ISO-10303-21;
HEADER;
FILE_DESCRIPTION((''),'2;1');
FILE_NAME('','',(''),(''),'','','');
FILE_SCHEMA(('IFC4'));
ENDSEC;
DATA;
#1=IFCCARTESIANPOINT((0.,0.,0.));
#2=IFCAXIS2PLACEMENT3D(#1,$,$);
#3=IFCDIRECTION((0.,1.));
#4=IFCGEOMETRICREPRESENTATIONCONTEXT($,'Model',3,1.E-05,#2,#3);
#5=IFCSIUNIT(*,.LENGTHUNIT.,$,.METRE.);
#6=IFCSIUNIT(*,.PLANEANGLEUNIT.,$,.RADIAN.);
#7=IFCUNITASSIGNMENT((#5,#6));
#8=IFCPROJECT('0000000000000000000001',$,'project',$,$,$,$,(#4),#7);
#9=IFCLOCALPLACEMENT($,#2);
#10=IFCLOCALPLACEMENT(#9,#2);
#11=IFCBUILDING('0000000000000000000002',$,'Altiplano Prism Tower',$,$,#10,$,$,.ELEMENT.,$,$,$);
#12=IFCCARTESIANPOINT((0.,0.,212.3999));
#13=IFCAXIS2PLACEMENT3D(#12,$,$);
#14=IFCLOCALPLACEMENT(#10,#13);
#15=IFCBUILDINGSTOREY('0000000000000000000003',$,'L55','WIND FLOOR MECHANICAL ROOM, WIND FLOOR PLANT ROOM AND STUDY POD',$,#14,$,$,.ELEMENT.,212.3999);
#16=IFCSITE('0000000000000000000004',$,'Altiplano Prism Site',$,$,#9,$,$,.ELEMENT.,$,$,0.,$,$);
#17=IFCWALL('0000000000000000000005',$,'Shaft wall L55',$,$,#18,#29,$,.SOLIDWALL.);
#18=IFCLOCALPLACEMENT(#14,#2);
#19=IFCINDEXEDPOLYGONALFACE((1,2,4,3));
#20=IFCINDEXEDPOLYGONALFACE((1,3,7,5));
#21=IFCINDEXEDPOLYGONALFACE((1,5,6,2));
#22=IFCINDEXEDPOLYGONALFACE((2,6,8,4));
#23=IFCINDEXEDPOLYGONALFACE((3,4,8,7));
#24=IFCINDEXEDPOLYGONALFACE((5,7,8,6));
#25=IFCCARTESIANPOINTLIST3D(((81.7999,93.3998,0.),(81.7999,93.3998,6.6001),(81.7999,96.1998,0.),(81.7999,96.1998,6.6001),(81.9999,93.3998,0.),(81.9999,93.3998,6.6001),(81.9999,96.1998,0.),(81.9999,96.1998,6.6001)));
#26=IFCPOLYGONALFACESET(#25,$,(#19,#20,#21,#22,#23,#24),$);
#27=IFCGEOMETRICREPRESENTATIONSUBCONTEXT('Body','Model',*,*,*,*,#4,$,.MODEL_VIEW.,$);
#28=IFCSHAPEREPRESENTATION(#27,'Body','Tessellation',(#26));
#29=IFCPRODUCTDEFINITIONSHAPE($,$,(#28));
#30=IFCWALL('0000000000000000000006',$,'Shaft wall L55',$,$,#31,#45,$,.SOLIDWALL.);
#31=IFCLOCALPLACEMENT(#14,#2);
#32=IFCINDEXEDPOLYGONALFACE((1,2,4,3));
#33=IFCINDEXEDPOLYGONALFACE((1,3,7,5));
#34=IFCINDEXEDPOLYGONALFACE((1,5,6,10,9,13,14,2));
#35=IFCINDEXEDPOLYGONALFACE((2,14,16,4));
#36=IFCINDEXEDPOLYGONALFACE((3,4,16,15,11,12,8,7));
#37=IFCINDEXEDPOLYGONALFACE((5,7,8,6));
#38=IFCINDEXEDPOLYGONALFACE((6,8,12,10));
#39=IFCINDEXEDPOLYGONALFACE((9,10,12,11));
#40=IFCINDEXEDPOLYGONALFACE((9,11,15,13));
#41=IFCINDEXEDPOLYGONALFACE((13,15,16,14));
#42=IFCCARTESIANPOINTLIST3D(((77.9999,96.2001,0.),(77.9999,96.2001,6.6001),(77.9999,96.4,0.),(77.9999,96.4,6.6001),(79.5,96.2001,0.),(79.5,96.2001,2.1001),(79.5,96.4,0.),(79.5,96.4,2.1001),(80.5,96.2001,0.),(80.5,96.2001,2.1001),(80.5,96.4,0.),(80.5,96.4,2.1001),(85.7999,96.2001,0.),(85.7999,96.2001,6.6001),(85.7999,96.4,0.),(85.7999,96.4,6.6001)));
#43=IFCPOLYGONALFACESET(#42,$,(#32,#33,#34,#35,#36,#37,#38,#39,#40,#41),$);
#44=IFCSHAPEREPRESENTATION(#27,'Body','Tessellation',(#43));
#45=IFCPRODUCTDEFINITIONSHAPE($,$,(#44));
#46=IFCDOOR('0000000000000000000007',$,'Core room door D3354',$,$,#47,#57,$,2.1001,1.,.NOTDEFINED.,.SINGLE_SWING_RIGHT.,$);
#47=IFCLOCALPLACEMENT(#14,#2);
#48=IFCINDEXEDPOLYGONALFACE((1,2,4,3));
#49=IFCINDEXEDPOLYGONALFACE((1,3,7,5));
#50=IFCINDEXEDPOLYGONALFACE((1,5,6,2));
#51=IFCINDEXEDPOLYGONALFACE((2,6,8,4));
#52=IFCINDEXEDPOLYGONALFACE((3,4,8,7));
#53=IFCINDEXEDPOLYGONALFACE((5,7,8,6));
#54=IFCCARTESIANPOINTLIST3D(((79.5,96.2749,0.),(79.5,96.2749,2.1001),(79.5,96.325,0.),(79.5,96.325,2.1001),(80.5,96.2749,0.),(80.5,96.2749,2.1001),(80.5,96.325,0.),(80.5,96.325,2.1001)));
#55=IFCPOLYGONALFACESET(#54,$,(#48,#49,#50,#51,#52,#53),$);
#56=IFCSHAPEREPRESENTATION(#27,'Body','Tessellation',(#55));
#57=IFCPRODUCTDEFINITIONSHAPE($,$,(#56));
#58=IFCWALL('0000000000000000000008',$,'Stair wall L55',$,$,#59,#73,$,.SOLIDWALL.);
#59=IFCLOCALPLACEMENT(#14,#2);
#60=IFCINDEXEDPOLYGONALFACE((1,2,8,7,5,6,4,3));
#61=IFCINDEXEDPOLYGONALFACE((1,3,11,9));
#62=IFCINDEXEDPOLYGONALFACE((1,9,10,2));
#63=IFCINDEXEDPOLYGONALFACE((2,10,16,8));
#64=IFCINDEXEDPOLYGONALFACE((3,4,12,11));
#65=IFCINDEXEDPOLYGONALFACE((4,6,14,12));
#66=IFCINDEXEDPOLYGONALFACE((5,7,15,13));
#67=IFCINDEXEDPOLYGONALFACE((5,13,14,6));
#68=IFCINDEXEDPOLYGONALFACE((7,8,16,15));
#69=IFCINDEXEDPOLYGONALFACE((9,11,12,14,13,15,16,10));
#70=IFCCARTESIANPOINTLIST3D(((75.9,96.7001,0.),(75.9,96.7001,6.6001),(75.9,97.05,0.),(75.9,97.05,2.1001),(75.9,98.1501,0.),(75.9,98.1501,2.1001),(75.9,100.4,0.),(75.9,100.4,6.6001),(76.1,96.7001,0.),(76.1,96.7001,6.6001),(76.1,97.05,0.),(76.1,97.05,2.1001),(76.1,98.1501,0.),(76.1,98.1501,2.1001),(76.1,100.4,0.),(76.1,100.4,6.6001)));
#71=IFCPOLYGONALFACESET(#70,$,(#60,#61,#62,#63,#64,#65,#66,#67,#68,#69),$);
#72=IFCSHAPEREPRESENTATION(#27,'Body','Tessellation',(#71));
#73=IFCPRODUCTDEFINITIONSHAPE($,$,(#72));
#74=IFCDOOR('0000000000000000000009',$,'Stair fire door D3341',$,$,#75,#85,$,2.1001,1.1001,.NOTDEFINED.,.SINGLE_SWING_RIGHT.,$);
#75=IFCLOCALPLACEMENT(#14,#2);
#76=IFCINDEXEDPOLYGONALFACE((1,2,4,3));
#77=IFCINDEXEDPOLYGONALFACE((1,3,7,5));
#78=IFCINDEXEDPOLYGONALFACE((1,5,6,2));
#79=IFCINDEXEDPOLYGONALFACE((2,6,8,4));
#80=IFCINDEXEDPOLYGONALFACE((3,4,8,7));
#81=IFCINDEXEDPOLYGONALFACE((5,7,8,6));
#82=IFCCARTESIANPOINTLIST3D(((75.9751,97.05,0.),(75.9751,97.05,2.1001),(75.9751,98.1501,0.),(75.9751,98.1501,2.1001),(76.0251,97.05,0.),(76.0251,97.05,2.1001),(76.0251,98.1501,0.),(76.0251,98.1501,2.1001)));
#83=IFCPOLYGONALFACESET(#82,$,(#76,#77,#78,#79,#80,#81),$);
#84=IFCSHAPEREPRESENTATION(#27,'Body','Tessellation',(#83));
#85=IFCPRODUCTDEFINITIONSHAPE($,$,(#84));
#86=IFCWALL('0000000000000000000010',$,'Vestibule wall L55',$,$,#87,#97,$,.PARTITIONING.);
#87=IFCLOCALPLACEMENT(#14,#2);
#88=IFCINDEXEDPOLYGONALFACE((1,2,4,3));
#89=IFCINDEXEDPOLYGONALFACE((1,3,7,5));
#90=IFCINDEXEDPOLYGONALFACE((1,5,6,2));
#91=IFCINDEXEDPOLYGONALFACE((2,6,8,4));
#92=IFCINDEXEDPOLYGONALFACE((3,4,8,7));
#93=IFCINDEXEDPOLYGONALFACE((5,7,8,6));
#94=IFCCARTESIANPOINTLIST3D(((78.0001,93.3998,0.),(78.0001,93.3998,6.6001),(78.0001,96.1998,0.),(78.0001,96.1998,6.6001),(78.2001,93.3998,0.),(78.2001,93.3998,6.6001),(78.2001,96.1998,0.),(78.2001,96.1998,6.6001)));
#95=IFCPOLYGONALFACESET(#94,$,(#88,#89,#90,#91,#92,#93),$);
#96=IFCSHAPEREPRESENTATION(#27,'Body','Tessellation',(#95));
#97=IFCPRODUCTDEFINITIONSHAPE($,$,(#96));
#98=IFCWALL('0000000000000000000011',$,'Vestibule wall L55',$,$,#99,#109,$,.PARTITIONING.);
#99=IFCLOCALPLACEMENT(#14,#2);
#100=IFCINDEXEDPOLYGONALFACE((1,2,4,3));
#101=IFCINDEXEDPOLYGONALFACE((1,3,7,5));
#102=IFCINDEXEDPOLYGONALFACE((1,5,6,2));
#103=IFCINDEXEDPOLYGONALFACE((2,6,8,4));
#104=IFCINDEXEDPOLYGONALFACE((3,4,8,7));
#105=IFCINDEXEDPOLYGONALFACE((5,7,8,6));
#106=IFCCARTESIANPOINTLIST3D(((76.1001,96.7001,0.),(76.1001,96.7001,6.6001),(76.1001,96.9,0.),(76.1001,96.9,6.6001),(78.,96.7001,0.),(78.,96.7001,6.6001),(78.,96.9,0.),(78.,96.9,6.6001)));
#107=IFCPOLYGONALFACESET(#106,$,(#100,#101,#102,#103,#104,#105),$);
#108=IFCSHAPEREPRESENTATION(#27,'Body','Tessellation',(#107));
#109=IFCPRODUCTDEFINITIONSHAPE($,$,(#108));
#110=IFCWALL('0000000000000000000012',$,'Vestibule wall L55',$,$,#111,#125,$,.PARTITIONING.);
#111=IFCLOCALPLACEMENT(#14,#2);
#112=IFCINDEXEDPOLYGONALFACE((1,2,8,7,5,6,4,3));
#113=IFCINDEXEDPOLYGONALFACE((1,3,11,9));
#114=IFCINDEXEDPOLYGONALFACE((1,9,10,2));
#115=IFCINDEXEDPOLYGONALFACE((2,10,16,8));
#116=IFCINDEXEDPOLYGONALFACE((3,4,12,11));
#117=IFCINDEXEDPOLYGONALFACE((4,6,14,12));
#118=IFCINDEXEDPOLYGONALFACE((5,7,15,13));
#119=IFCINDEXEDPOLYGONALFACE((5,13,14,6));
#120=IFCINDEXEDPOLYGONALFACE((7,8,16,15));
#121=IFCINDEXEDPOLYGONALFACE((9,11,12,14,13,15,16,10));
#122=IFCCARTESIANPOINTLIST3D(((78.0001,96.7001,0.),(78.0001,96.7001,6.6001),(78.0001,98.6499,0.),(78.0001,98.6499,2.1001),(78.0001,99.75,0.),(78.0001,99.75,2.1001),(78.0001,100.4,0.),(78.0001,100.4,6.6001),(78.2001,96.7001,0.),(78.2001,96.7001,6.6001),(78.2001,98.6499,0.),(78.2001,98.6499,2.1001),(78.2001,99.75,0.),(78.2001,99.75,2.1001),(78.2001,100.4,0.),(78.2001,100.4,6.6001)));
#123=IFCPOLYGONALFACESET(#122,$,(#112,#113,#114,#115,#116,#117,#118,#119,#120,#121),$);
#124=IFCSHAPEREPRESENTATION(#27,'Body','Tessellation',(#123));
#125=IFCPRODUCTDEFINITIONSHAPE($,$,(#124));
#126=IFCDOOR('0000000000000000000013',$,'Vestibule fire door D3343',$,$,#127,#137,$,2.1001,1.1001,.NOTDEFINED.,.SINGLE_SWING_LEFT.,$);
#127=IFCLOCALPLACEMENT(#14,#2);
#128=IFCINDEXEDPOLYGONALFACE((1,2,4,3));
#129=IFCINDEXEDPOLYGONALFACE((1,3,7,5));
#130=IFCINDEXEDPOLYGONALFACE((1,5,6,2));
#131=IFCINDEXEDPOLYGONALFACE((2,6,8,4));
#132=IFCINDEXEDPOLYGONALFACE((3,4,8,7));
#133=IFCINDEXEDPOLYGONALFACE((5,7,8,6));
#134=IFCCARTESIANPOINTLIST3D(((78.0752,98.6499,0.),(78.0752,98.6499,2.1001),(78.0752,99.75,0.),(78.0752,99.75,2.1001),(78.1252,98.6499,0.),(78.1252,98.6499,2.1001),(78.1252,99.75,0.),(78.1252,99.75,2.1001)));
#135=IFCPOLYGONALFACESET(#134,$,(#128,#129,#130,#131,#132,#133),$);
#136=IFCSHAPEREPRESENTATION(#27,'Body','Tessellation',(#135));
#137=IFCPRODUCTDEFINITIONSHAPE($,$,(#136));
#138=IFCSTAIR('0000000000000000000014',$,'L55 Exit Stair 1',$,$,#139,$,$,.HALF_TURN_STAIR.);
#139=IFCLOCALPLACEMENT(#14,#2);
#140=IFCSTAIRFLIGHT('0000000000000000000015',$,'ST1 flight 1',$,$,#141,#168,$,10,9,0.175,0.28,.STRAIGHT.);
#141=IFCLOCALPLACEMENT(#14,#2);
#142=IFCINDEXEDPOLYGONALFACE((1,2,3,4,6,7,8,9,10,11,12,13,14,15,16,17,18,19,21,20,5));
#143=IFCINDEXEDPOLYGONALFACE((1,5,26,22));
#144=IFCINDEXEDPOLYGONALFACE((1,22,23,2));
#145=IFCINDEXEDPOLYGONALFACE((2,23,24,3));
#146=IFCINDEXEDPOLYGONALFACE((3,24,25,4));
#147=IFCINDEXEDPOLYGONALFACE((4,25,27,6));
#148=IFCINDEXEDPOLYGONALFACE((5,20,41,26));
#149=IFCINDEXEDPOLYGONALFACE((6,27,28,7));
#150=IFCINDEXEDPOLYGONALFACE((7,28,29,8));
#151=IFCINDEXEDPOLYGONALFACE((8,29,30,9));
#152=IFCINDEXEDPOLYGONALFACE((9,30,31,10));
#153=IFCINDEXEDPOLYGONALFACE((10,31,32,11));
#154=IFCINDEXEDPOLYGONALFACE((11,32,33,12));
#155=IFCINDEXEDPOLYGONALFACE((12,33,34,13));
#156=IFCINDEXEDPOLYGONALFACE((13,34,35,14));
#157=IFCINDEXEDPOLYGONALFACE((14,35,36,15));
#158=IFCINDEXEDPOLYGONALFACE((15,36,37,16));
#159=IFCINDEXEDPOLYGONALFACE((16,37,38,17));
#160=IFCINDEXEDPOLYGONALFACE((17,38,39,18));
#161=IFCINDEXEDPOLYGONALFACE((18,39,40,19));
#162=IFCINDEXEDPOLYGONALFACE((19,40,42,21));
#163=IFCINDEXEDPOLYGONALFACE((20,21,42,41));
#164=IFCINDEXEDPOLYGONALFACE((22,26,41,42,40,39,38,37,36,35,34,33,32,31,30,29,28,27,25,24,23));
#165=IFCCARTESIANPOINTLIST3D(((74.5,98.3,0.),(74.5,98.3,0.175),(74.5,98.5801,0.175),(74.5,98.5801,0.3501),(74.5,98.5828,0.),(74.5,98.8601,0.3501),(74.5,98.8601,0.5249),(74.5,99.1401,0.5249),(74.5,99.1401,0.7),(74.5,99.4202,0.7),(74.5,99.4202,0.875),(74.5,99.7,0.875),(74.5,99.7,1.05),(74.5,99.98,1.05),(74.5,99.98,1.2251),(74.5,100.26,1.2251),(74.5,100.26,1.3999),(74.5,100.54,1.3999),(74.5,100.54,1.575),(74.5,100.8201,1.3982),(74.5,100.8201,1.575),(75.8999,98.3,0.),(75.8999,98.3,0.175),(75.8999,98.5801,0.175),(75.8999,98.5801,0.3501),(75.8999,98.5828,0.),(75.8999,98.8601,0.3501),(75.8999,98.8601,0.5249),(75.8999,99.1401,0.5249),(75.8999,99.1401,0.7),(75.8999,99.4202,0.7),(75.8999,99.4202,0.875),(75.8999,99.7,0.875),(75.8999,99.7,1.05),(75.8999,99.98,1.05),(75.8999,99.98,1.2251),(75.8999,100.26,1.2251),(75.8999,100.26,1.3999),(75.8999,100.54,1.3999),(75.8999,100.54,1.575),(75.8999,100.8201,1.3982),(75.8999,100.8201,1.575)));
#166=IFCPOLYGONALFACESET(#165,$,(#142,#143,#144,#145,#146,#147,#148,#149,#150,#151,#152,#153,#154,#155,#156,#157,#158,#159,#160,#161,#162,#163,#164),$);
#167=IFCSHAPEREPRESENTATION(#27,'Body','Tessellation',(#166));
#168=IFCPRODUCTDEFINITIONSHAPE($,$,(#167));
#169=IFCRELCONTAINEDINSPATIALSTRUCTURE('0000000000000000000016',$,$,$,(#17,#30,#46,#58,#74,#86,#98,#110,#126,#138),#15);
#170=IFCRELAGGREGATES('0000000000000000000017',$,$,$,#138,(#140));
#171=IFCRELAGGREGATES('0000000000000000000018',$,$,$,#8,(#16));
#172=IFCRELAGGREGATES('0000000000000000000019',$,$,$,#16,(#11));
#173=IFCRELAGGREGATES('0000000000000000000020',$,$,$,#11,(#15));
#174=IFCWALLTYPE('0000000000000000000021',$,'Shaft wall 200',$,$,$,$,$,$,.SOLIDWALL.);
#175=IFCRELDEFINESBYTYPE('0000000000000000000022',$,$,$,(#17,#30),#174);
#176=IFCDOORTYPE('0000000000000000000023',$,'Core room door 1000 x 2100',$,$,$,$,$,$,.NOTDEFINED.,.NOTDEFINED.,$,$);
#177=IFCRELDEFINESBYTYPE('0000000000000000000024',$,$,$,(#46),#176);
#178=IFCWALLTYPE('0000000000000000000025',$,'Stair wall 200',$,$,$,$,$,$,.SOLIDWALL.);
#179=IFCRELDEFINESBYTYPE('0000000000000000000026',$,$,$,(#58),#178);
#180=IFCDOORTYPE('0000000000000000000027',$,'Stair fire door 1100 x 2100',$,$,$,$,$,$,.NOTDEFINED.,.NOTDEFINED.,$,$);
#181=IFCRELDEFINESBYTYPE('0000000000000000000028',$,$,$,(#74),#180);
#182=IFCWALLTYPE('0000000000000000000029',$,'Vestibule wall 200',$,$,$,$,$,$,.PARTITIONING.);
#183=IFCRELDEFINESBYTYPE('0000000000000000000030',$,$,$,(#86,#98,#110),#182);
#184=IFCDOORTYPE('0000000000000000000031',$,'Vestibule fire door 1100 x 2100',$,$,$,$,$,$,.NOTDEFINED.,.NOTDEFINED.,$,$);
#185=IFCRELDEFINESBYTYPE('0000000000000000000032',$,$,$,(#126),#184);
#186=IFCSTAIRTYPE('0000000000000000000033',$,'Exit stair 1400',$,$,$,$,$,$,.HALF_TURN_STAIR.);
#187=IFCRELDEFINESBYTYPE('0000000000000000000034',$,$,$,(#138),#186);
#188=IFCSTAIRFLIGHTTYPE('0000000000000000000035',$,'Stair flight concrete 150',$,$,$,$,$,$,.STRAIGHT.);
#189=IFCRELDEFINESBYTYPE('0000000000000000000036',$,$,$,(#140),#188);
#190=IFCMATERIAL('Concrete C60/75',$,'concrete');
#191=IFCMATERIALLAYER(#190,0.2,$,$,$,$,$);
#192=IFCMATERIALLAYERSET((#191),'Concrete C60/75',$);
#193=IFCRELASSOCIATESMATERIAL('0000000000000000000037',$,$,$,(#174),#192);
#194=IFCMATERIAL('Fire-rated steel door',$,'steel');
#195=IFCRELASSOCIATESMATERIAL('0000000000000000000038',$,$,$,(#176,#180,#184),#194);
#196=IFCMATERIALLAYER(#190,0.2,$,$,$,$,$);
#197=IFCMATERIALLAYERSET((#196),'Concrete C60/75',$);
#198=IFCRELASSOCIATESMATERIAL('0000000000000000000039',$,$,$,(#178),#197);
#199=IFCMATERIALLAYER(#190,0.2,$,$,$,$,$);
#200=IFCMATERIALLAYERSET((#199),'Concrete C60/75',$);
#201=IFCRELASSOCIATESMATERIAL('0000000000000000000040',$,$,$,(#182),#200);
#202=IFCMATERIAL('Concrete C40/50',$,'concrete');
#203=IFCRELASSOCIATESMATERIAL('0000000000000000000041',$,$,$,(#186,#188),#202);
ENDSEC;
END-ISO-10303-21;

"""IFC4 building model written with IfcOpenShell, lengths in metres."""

from ifc_helpers import new_model, si_unit, direction, frame, frame_2d, origin, place, context, subcontext, project, spatial, polyline, rectangle, outline, extrude, material, layer, layer_set, type_object, element, fill, aggregate, save


model = new_model("IFC4")

# Units and contexts
model_context = context("Model", 3, precision=1e-05, world=origin(), true_north=direction((0.0, 1.0)))
body_context = subcontext(model_context, "Body", "Model", "MODEL_VIEW")
ifc_project = project(units=[si_unit("LENGTHUNIT", "METRE"), si_unit("PLANEANGLEUNIT", "RADIAN")], contexts=[model_context])

# Site, building, storey
site_placement = place(None, origin())
site = spatial("IfcSite", under=ifc_project, at=site_placement, Name="Altiplano Prism Site", CompositionType="ELEMENT", RefElevation=0.0)
building_placement = place(site_placement, origin())
building = spatial("IfcBuilding", under=site, at=building_placement, Name="Altiplano Prism Tower", CompositionType="ELEMENT")
storey_placement = place(building_placement, frame((0.0, 0.0, 212.3999)))
storey = spatial("IfcBuildingStorey", under=building, at=storey_placement, Name="L55", Description="WIND FLOOR MECHANICAL ROOM, WIND FLOOR PLANT ROOM AND STUDY POD", CompositionType="ELEMENT", Elevation=212.3999)

# Wall
ifc_material_1 = material(Name="Concrete C60/75", Category="concrete")
ifc_layer_1 = layer(ifc_material_1, 0.2)
ifc_layer_set_1 = layer_set([ifc_layer_1], Name="Concrete C60/75")
wall_type_1 = type_object("IfcWallType", Name="Shaft wall 200", PredefinedType="SOLIDWALL", material=ifc_layer_set_1)
wall_1_placement = place(storey_placement, frame((81.8999, 93.3999, 0.0), z_axis=(0.0, 0.0, 1.0), x_axis=(0.0, 1.0, 0.0)))
element("IfcWall", 1, at=wall_1_placement, inside=storey, type_object=wall_type_1, Name="Shaft wall L55", PredefinedType="SOLIDWALL", context=body_context, shape_type="SweptSolid", body=[
    extrude(rectangle(XDim=2.8, YDim=0.2, at=frame_2d((1.3999, 0.0))), origin(), (0.0, 0.0, 1.0), 6.6001),
])

# Walls, openings, doors
wall_2_placement = place(storey_placement, frame((78.0, 96.3, 0.0), z_axis=(0.0, 0.0, 1.0), x_axis=(1.0, 0.0, 0.0)))
wall_2 = element("IfcWall", 2, at=wall_2_placement, inside=storey, type_object=wall_type_1, Name="Shaft wall L55", PredefinedType="SOLIDWALL", context=body_context, shape_type="SweptSolid", body=[
    extrude(rectangle(XDim=7.8, YDim=0.2, at=frame_2d((3.8999, 0.0))), origin(), (0.0, 0.0, 1.0), 6.6001),
])
opening_1_placement = place(wall_2_placement, frame((1.5, 0.0, 0.0)))
opening_1 = element("IfcOpeningElement", 3, at=opening_1_placement, cuts=wall_2, PredefinedType="OPENING", context=body_context, shape_type="SweptSolid", body=[
    extrude(rectangle(XDim=1.0, YDim=2.1001, at=frame_2d((0.5, 1.05))), frame((0.0, 0.1104, 0.0), z_axis=(0.0, -1.0, 0.0), x_axis=(1.0, 0.0, 0.0)), (0.0, 0.0, 1.0), 0.2209),
])
ifc_material_2 = material(Name="Fire-rated steel door", Category="steel")
door_type_1 = type_object("IfcDoorType", Name="Core room door 1000 x 2100", OperationType="NOTDEFINED", PredefinedType="NOTDEFINED", material=ifc_material_2)
door_1_placement = place(opening_1_placement, origin())
door_1 = element("IfcDoor", 4, at=door_1_placement, inside=storey, type_object=door_type_1, Name="Core room door D3354", OperationType="SINGLE_SWING_RIGHT", OverallHeight=2.1001, OverallWidth=1.0, PredefinedType="NOTDEFINED", context=body_context, shape_type="SweptSolid", body=[
    extrude(rectangle(XDim=1.0, YDim=2.1001, at=frame_2d((0.5, 1.05))), frame((0.0, 0.0249, 0.0), z_axis=(0.0, -1.0, 0.0), x_axis=(1.0, 0.0, 0.0)), (0.0, 0.0, 1.0), 0.05),
])
fill(opening_1, door_1)
ifc_layer_2 = layer(ifc_material_1, 0.2)
ifc_layer_set_2 = layer_set([ifc_layer_2], Name="Concrete C60/75")
wall_type_2 = type_object("IfcWallType", Name="Stair wall 200", PredefinedType="SOLIDWALL", material=ifc_layer_set_2)
wall_3_placement = place(storey_placement, frame((76.0, 96.7, 0.0), z_axis=(0.0, 0.0, 1.0), x_axis=(0.0, 1.0, 0.0)))
wall_3 = element("IfcWall", 5, at=wall_3_placement, inside=storey, type_object=wall_type_2, Name="Stair wall L55", PredefinedType="SOLIDWALL", context=body_context, shape_type="SweptSolid", body=[
    extrude(rectangle(XDim=3.7, YDim=0.2, at=frame_2d((1.8501, 0.0))), origin(), (0.0, 0.0, 1.0), 6.6001),
])
opening_2_placement = place(wall_3_placement, frame((0.3501, 0.0, 0.0)))
opening_2 = element("IfcOpeningElement", 6, at=opening_2_placement, cuts=wall_3, PredefinedType="OPENING", context=body_context, shape_type="SweptSolid", body=[
    extrude(rectangle(XDim=1.1001, YDim=2.1001, at=frame_2d((0.55, 1.05))), frame((0.0, 0.1104, 0.0), z_axis=(0.0, -1.0, 0.0), x_axis=(1.0, 0.0, 0.0)), (0.0, 0.0, 1.0), 0.2209),
])
door_type_2 = type_object("IfcDoorType", Name="Stair fire door 1100 x 2100", OperationType="NOTDEFINED", PredefinedType="NOTDEFINED", material=ifc_material_2)
door_2_placement = place(opening_2_placement, origin())
door_2 = element("IfcDoor", 7, at=door_2_placement, inside=storey, type_object=door_type_2, Name="Stair fire door D3341", OperationType="SINGLE_SWING_RIGHT", OverallHeight=2.1001, OverallWidth=1.1001, PredefinedType="NOTDEFINED", context=body_context, shape_type="SweptSolid", body=[
    extrude(rectangle(XDim=1.1001, YDim=2.1001, at=frame_2d((0.55, 1.05))), frame((0.0, 0.0249, 0.0), z_axis=(0.0, -1.0, 0.0), x_axis=(1.0, 0.0, 0.0)), (0.0, 0.0, 1.0), 0.05),
])
fill(opening_2, door_2)

# Walls
ifc_layer_3 = layer(ifc_material_1, 0.2)
ifc_layer_set_3 = layer_set([ifc_layer_3], Name="Concrete C60/75")
wall_type_3 = type_object("IfcWallType", Name="Vestibule wall 200", PredefinedType="PARTITIONING", material=ifc_layer_set_3)
wall_4_placement = place(storey_placement, frame((78.1001, 93.3999, 0.0), z_axis=(0.0, 0.0, 1.0), x_axis=(0.0, 1.0, 0.0)))
element("IfcWall", 8, at=wall_4_placement, inside=storey, type_object=wall_type_3, Name="Vestibule wall L55", PredefinedType="PARTITIONING", context=body_context, shape_type="SweptSolid", body=[
    extrude(rectangle(XDim=2.8, YDim=0.2, at=frame_2d((1.3999, 0.0))), origin(), (0.0, 0.0, 1.0), 6.6001),
])
wall_5_placement = place(storey_placement, frame((76.1001, 96.8, 0.0), z_axis=(0.0, 0.0, 1.0), x_axis=(1.0, 0.0, 0.0)))
element("IfcWall", 9, at=wall_5_placement, inside=storey, type_object=wall_type_3, Name="Vestibule wall L55", PredefinedType="PARTITIONING", context=body_context, shape_type="SweptSolid", body=[
    extrude(rectangle(XDim=1.8999, YDim=0.2, at=frame_2d((0.95, 0.0))), origin(), (0.0, 0.0, 1.0), 6.6001),
])

# Wall, opening, door
wall_6_placement = place(storey_placement, frame((78.1001, 96.7, 0.0), z_axis=(0.0, 0.0, 1.0), x_axis=(0.0, 1.0, 0.0)))
wall_6 = element("IfcWall", 10, at=wall_6_placement, inside=storey, type_object=wall_type_3, Name="Vestibule wall L55", PredefinedType="PARTITIONING", context=body_context, shape_type="SweptSolid", body=[
    extrude(rectangle(XDim=3.7, YDim=0.2, at=frame_2d((1.8501, 0.0))), origin(), (0.0, 0.0, 1.0), 6.6001),
])
opening_3_placement = place(wall_6_placement, frame((1.95, 0.0, 0.0)))
opening_3 = element("IfcOpeningElement", 11, at=opening_3_placement, cuts=wall_6, PredefinedType="OPENING", context=body_context, shape_type="SweptSolid", body=[
    extrude(rectangle(XDim=1.1001, YDim=2.1001, at=frame_2d((0.55, 1.05))), frame((0.0, 0.1104, 0.0), z_axis=(0.0, -1.0, 0.0), x_axis=(1.0, 0.0, 0.0)), (0.0, 0.0, 1.0), 0.2209),
])
door_type_3 = type_object("IfcDoorType", Name="Vestibule fire door 1100 x 2100", OperationType="NOTDEFINED", PredefinedType="NOTDEFINED", material=ifc_material_2)
door_3_placement = place(opening_3_placement, origin())
door_3 = element("IfcDoor", 12, at=door_3_placement, inside=storey, type_object=door_type_3, Name="Vestibule fire door D3343", OperationType="SINGLE_SWING_LEFT", OverallHeight=2.1001, OverallWidth=1.1001, PredefinedType="NOTDEFINED", context=body_context, shape_type="SweptSolid", body=[
    extrude(rectangle(XDim=1.1001, YDim=2.1001, at=frame_2d((0.55, 1.05))), frame((0.0, 0.0249, 0.0), z_axis=(0.0, -1.0, 0.0), x_axis=(1.0, 0.0, 0.0)), (0.0, 0.0, 1.0), 0.05),
])
fill(opening_3, door_3)

# Stair, stair flight
ifc_material_3 = material(Name="Concrete C40/50", Category="concrete")
stair_type = type_object("IfcStairType", Name="Exit stair 1400", PredefinedType="HALF_TURN_STAIR", material=ifc_material_3)
stair_placement = place(storey_placement, origin())
stair = element("IfcStair", 13, at=stair_placement, inside=storey, type_object=stair_type, Name="L55 Exit Stair 1", PredefinedType="HALF_TURN_STAIR")
stair_flight_type = type_object("IfcStairFlightType", Name="Stair flight concrete 150", PredefinedType="STRAIGHT", material=ifc_material_3)
stair_flight_1_placement = place(storey_placement, frame((75.2, 98.3, 0.0), z_axis=(0.0, 0.0, 1.0), x_axis=(0.0, 1.0, 0.0)))
stair_flight_1 = element("IfcStairFlight", 14, at=stair_flight_1_placement, type_object=stair_flight_type, Name="ST1 flight 1", NumberOfRisers=10, NumberOfTreads=9, PredefinedType="STRAIGHT", RiserHeight=0.175, TreadLength=0.28, context=body_context, shape_type="SweptSolid", body=[
    extrude(outline(polyline([(0.0, 0.0), (0.0, 0.175), (0.28, 0.175), (0.28, 0.3501), (0.5601, 0.3501), (0.5601, 0.5249), (0.8401, 0.5249), (0.8401, 0.7), (1.1201, 0.7), (1.1201, 0.875), (1.3999, 0.875), (1.3999, 1.05), (1.6799, 1.05), (1.6799, 1.2251), (1.96, 1.2251), (1.96, 1.3999), (2.24, 1.3999), (2.24, 1.575), (2.52, 1.575), (2.52, 1.75), (2.52, 1.3982), (0.2827, 0.0), (0.0, 0.0)])), frame((0.0, 0.7, 0.0), z_axis=(0.0, -1.0, 0.0), x_axis=(1.0, 0.0, 0.0)), (0.0, 0.0, 1.0), 1.3999),
])
aggregate(stair, [stair_flight_1])

save(model, "model.ifc")
